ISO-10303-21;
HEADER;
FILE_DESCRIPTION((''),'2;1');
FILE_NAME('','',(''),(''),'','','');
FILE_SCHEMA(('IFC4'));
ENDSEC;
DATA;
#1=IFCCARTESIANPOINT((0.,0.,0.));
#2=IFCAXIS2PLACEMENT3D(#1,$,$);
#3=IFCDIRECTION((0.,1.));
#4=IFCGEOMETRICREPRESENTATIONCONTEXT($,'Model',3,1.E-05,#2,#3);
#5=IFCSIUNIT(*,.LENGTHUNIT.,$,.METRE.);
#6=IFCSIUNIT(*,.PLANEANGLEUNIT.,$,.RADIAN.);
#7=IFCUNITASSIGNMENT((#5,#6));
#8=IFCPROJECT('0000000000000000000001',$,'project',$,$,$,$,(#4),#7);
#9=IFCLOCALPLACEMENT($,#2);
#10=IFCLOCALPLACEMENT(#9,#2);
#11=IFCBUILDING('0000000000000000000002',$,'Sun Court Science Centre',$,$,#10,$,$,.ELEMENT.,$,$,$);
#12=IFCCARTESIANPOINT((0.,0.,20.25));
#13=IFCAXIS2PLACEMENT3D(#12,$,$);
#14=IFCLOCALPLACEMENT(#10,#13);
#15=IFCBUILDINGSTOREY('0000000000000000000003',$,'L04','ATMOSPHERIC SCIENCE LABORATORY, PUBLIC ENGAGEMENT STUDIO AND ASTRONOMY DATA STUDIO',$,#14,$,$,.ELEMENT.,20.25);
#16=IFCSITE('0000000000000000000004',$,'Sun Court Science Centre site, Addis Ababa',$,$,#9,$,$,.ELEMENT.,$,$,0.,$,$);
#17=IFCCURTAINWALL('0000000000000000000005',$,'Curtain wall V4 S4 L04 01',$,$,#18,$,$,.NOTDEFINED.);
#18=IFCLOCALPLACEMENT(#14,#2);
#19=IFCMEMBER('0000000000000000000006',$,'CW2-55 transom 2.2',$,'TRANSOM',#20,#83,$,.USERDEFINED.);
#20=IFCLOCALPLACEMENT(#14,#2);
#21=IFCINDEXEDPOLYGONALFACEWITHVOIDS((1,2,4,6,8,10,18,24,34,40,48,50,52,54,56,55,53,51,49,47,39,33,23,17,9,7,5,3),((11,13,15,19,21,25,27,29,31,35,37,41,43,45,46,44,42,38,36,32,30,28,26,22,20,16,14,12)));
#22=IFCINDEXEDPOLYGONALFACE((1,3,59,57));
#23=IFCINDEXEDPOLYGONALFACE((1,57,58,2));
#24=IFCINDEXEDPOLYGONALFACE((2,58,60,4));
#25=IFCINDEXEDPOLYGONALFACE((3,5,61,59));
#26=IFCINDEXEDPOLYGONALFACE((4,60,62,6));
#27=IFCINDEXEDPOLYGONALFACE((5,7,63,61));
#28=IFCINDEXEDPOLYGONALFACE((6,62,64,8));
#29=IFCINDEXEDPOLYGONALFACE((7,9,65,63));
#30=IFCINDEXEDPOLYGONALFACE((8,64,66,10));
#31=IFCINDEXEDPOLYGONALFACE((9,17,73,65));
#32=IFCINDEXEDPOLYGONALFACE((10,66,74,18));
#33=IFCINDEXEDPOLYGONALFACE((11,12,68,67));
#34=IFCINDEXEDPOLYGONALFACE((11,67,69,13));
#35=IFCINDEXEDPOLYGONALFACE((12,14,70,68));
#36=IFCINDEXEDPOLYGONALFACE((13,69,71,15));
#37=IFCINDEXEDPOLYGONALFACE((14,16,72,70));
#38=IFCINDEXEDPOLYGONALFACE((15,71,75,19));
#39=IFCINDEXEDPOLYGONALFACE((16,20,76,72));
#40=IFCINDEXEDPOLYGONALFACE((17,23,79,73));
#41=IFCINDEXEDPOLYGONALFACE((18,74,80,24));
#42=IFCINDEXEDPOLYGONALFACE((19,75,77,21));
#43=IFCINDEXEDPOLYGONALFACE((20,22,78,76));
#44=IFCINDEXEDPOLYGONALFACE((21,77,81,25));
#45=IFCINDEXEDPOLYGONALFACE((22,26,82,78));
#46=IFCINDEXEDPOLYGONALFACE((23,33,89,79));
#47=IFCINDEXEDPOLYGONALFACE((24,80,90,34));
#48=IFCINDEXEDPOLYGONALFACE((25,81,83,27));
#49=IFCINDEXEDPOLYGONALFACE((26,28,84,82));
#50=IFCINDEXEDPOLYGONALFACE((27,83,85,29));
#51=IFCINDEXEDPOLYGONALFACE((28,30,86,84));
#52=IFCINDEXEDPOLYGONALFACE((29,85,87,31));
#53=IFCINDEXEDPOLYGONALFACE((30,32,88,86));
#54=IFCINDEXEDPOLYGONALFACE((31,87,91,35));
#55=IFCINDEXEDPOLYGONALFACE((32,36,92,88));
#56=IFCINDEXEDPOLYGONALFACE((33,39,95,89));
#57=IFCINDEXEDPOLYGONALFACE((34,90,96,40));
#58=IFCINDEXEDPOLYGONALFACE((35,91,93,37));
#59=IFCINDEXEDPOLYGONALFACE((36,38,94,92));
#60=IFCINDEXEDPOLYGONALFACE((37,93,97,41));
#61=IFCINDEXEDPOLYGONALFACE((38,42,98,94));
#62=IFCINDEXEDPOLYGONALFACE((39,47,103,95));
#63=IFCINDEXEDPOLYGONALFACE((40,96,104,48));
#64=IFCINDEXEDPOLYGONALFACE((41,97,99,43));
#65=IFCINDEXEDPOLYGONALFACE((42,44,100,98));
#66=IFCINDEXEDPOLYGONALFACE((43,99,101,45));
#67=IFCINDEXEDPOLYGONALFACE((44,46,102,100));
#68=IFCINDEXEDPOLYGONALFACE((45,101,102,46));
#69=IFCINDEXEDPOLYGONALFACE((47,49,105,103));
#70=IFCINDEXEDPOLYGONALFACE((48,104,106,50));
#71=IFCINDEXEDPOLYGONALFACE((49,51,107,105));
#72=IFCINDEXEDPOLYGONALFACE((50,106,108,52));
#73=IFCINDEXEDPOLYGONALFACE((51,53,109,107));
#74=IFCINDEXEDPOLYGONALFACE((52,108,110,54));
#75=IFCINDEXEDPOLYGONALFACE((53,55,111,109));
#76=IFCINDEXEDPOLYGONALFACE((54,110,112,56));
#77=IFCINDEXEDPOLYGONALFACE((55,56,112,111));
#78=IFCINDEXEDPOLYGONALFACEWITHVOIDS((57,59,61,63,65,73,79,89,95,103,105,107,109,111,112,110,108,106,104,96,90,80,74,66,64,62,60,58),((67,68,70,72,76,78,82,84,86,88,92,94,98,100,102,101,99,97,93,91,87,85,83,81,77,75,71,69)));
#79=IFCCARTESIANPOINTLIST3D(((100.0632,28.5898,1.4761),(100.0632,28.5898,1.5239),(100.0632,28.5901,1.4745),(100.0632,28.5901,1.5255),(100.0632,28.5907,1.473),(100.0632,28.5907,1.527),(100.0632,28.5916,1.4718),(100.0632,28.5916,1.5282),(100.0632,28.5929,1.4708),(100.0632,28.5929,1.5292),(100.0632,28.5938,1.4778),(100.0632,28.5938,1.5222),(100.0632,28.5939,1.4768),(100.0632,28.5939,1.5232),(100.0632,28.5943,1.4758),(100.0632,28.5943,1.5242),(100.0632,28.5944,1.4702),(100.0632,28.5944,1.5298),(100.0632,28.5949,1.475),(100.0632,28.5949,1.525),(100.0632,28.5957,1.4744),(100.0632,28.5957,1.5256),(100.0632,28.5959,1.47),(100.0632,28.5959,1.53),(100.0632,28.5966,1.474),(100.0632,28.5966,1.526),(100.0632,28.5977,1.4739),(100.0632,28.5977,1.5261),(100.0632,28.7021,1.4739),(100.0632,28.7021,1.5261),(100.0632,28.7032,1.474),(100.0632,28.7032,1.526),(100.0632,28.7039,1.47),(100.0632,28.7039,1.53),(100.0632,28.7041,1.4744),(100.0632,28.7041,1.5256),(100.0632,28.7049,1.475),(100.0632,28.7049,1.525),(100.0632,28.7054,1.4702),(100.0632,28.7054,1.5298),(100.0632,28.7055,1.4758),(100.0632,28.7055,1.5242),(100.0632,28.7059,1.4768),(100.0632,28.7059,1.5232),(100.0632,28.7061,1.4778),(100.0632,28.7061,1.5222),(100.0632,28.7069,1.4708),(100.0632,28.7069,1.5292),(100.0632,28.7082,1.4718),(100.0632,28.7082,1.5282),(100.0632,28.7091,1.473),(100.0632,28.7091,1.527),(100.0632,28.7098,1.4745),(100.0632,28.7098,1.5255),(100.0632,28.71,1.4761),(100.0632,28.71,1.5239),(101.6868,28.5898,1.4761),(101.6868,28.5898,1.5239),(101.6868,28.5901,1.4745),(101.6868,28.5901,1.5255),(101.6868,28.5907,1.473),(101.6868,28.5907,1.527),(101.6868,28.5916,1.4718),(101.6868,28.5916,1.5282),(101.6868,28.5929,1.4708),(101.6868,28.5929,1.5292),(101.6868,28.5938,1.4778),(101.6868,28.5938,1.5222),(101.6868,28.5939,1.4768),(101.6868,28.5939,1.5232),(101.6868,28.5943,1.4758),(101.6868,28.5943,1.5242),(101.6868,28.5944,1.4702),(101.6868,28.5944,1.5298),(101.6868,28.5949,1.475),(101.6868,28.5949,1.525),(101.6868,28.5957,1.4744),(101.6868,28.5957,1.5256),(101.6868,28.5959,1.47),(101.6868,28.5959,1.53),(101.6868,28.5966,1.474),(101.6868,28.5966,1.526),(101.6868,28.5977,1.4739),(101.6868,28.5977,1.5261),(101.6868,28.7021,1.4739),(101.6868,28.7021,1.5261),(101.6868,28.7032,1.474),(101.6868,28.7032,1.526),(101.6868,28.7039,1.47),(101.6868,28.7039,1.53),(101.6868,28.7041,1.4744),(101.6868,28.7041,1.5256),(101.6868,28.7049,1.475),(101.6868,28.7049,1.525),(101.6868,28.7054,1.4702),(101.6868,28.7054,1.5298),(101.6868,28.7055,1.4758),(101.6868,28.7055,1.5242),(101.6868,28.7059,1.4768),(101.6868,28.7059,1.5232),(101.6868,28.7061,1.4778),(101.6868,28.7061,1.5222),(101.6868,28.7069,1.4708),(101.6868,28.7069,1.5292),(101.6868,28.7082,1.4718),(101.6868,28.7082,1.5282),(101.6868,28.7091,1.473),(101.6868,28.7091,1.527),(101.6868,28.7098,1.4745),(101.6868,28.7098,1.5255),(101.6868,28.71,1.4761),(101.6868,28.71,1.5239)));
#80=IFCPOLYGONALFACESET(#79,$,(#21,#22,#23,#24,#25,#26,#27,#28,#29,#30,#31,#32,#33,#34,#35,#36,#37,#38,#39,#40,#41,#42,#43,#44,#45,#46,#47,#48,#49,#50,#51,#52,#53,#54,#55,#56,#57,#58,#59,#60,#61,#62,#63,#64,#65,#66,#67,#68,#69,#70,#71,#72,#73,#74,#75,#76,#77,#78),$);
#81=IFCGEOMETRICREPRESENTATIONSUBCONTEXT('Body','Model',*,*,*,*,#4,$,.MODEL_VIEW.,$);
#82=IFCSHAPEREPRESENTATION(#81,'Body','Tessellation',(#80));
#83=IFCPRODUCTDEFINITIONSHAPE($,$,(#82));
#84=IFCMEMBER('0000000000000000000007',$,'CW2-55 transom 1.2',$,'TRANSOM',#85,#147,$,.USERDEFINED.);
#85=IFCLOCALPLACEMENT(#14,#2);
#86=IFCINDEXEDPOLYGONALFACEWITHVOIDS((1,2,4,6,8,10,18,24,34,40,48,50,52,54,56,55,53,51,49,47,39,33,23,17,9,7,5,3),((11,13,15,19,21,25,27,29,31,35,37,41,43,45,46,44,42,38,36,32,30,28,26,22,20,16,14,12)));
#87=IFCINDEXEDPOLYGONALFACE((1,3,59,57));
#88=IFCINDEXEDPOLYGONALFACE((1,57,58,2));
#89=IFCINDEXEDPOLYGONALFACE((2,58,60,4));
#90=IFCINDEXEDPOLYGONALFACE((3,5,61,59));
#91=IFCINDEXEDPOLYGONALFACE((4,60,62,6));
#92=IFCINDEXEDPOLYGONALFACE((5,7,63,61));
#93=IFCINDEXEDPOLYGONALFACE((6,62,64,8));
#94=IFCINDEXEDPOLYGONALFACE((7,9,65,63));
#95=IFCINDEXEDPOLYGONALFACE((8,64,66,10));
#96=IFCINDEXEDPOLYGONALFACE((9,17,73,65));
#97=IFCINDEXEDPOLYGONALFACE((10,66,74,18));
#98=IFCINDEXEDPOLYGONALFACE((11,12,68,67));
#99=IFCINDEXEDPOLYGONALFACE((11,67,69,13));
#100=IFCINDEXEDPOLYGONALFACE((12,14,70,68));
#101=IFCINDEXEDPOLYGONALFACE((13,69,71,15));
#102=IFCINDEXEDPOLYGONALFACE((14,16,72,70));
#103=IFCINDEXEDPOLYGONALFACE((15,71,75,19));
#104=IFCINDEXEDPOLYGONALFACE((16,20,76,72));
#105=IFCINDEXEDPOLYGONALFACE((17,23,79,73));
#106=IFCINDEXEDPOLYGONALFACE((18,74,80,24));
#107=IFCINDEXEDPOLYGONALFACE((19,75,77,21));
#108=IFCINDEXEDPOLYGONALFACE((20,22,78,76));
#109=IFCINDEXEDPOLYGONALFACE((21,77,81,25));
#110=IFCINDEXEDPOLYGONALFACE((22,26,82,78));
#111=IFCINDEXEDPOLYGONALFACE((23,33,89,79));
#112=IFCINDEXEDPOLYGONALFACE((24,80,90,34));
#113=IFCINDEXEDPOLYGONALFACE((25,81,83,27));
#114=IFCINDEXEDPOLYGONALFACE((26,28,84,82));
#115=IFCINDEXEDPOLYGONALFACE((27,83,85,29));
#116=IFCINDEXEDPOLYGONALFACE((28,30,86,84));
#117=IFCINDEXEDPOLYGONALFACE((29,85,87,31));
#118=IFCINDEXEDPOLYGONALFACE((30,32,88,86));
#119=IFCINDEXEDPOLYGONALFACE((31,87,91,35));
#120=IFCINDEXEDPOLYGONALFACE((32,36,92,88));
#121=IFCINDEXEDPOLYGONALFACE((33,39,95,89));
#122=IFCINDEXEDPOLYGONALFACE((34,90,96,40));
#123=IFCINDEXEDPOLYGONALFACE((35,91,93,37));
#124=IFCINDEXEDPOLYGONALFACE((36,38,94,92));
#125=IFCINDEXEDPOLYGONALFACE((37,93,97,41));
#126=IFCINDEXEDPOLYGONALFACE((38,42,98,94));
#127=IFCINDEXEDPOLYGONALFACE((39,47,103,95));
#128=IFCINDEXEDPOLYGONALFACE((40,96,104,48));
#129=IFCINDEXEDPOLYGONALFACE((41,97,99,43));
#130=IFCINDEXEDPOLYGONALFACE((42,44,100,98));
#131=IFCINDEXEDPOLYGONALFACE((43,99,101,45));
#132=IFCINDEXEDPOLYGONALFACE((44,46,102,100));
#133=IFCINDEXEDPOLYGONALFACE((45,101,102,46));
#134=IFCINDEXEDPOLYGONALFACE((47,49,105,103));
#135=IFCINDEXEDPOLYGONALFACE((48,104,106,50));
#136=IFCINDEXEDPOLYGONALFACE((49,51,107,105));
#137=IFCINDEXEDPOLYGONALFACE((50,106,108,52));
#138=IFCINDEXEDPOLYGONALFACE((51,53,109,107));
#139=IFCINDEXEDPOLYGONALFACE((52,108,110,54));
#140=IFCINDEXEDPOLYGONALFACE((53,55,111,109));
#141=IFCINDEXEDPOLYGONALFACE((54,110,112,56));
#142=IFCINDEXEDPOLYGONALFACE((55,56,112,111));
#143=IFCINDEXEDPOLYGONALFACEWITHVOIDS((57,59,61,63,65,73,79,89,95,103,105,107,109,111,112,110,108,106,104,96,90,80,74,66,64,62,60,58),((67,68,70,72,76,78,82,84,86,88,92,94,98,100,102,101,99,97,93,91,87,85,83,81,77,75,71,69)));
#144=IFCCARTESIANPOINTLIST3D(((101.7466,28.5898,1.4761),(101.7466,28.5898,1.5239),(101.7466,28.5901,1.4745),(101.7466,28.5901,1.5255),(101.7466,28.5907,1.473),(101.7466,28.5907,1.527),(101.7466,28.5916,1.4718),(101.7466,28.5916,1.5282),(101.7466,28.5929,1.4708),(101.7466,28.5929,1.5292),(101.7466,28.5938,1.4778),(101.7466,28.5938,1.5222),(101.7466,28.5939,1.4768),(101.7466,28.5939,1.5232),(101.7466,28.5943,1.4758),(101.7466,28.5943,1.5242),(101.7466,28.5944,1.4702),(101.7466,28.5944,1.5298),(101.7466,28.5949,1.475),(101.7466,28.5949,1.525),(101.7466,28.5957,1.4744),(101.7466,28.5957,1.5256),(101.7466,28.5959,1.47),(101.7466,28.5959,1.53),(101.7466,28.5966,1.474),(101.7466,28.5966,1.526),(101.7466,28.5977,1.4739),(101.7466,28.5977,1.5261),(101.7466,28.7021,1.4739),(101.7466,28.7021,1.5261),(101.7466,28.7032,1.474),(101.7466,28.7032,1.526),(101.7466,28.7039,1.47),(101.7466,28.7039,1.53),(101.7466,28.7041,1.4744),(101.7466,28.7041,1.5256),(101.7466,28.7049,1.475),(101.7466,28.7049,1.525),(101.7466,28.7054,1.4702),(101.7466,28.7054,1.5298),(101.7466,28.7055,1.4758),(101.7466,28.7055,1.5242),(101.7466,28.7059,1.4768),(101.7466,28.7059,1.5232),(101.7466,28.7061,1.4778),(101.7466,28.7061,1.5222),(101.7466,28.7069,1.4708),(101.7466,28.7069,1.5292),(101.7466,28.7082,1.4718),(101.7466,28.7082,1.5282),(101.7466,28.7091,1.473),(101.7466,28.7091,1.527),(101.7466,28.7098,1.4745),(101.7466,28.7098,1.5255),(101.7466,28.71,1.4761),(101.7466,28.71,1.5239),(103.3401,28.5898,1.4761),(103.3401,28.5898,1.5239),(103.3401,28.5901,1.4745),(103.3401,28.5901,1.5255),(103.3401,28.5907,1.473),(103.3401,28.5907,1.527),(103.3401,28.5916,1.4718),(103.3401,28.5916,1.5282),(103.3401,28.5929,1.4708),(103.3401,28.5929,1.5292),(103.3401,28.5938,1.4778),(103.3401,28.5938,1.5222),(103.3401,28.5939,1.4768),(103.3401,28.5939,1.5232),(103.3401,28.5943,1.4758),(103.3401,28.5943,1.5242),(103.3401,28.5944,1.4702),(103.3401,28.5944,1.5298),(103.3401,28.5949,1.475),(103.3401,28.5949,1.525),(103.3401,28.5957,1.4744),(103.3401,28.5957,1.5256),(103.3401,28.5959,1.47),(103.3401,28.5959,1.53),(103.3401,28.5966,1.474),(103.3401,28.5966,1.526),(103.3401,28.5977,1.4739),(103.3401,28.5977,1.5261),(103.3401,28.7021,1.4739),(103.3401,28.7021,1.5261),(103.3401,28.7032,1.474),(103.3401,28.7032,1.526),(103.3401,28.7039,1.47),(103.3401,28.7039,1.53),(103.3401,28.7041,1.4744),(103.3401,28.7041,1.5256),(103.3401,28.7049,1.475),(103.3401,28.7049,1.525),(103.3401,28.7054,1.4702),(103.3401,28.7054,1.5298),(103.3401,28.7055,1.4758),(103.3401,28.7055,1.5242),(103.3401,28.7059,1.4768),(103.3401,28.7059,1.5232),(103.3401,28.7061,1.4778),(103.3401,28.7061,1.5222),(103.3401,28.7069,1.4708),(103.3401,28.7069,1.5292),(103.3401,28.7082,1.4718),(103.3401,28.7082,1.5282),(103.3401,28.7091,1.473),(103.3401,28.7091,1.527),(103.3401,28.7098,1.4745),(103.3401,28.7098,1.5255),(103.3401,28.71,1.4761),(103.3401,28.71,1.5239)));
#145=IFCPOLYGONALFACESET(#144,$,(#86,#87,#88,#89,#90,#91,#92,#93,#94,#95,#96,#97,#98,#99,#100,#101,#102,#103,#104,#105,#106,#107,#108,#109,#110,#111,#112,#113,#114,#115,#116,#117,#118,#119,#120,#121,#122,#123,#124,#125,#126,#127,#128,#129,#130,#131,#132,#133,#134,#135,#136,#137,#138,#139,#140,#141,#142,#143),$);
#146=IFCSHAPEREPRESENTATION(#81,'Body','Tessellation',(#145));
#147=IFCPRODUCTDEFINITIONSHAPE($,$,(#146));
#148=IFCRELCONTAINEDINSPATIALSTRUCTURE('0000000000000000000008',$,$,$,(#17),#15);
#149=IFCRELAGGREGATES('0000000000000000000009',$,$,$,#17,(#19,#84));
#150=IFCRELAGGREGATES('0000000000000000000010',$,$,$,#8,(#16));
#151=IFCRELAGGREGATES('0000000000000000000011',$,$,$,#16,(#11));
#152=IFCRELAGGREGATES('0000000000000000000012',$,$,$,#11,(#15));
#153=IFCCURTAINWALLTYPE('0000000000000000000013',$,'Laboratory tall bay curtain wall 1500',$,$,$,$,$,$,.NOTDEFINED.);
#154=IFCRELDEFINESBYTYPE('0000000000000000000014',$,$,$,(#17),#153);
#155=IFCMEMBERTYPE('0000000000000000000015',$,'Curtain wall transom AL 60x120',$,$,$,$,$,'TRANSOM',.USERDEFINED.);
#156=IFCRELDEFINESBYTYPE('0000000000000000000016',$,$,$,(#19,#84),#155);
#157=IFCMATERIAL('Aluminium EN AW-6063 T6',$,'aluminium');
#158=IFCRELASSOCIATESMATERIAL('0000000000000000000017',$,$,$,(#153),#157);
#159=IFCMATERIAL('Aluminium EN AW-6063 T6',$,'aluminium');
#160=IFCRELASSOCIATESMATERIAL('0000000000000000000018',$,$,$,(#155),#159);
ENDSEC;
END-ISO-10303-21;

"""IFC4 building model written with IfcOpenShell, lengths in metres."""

from ifc_helpers import new_model, si_unit, direction, frame, origin, origin_2d, place, context, subcontext, project, spatial, hollow_rectangle, extrude, material, material_profile, profile_set, type_object, element, aggregate, save


model = new_model("IFC4")

# Units and contexts
model_context = context("Model", 3, precision=1e-05, world=origin(), true_north=direction((0.0, 1.0)))
body_context = subcontext(model_context, "Body", "Model", "MODEL_VIEW")
ifc_project = project(units=[si_unit("LENGTHUNIT", "METRE"), si_unit("PLANEANGLEUNIT", "RADIAN")], contexts=[model_context])

# Site, building, storey
site_placement = place(None, origin())
site = spatial("IfcSite", under=ifc_project, at=site_placement, Name="Sun Court Science Centre site, Addis Ababa", CompositionType="ELEMENT", RefElevation=0.0)
building_placement = place(site_placement, origin())
building = spatial("IfcBuilding", under=site, at=building_placement, Name="Sun Court Science Centre", CompositionType="ELEMENT")
storey_placement = place(building_placement, frame((0.0, 0.0, 20.25)))
storey = spatial("IfcBuildingStorey", under=building, at=storey_placement, Name="L04", Description="ATMOSPHERIC SCIENCE LABORATORY, PUBLIC ENGAGEMENT STUDIO AND ASTRONOMY DATA STUDIO", CompositionType="ELEMENT", Elevation=20.25)

# Curtain wall, members
ifc_material_1 = material(Name="Aluminium EN AW-6063 T6", Category="aluminium")
curtain_wall_type = type_object("IfcCurtainWallType", Name="Laboratory tall bay curtain wall 1500", PredefinedType="NOTDEFINED", material=ifc_material_1)
curtain_wall_placement = place(storey_placement, origin())
curtain_wall = element("IfcCurtainWall", 1, at=curtain_wall_placement, inside=storey, type_object=curtain_wall_type, Name="Curtain wall V4 S4 L04 01", PredefinedType="NOTDEFINED")
ifc_material_2 = material(Name="Aluminium EN AW-6063 T6", Category="aluminium")
ifc_material_profile_1 = material_profile(ifc_material_2, hollow_rectangle(XDim=0.0601, YDim=0.1201, WallThickness=0.0039, InnerFilletRadius=0.0039, OuterFilletRadius=0.0061, at=origin_2d()), Name="AL 60x120x4")
ifc_profile_set_1 = profile_set([ifc_material_profile_1], Name="Aluminium EN AW-6063 T6")
member_type_1 = type_object("IfcMemberType", Name="Curtain wall transom AL 60x120", ElementType="TRANSOM", PredefinedType="USERDEFINED", material=ifc_profile_set_1)
member_1_placement = place(storey_placement, frame((101.6868, 28.6499, 1.5), z_axis=(-1.0, 0.0, 0.0), x_axis=(0.0, 0.0, 1.0)))
member_1 = element("IfcMember", 2, at=member_1_placement, type_object=member_type_1, Name="CW2-55 transom 2.2", ObjectType="TRANSOM", PredefinedType="USERDEFINED", context=body_context, shape_type="SweptSolid", body=[
    extrude(hollow_rectangle(XDim=0.0601, YDim=0.1201, WallThickness=0.0039, InnerFilletRadius=0.0039, OuterFilletRadius=0.0061, at=origin_2d()), origin(), (0.0, 0.0, 1.0), 1.6235),
])
member_2_placement = place(storey_placement, frame((103.3401, 28.6499, 1.5), z_axis=(-1.0, 0.0, 0.0), x_axis=(0.0, 0.0, 1.0)))
member_2 = element("IfcMember", 3, at=member_2_placement, type_object=member_type_1, Name="CW2-55 transom 1.2", ObjectType="TRANSOM", PredefinedType="USERDEFINED", context=body_context, shape_type="SweptSolid", body=[
    extrude(hollow_rectangle(XDim=0.0601, YDim=0.1201, WallThickness=0.0039, InnerFilletRadius=0.0039, OuterFilletRadius=0.0061, at=origin_2d()), origin(), (0.0, 0.0, 1.0), 1.5935),
])

aggregate(curtain_wall, [member_1, member_2])

save(model, "model.ifc")
